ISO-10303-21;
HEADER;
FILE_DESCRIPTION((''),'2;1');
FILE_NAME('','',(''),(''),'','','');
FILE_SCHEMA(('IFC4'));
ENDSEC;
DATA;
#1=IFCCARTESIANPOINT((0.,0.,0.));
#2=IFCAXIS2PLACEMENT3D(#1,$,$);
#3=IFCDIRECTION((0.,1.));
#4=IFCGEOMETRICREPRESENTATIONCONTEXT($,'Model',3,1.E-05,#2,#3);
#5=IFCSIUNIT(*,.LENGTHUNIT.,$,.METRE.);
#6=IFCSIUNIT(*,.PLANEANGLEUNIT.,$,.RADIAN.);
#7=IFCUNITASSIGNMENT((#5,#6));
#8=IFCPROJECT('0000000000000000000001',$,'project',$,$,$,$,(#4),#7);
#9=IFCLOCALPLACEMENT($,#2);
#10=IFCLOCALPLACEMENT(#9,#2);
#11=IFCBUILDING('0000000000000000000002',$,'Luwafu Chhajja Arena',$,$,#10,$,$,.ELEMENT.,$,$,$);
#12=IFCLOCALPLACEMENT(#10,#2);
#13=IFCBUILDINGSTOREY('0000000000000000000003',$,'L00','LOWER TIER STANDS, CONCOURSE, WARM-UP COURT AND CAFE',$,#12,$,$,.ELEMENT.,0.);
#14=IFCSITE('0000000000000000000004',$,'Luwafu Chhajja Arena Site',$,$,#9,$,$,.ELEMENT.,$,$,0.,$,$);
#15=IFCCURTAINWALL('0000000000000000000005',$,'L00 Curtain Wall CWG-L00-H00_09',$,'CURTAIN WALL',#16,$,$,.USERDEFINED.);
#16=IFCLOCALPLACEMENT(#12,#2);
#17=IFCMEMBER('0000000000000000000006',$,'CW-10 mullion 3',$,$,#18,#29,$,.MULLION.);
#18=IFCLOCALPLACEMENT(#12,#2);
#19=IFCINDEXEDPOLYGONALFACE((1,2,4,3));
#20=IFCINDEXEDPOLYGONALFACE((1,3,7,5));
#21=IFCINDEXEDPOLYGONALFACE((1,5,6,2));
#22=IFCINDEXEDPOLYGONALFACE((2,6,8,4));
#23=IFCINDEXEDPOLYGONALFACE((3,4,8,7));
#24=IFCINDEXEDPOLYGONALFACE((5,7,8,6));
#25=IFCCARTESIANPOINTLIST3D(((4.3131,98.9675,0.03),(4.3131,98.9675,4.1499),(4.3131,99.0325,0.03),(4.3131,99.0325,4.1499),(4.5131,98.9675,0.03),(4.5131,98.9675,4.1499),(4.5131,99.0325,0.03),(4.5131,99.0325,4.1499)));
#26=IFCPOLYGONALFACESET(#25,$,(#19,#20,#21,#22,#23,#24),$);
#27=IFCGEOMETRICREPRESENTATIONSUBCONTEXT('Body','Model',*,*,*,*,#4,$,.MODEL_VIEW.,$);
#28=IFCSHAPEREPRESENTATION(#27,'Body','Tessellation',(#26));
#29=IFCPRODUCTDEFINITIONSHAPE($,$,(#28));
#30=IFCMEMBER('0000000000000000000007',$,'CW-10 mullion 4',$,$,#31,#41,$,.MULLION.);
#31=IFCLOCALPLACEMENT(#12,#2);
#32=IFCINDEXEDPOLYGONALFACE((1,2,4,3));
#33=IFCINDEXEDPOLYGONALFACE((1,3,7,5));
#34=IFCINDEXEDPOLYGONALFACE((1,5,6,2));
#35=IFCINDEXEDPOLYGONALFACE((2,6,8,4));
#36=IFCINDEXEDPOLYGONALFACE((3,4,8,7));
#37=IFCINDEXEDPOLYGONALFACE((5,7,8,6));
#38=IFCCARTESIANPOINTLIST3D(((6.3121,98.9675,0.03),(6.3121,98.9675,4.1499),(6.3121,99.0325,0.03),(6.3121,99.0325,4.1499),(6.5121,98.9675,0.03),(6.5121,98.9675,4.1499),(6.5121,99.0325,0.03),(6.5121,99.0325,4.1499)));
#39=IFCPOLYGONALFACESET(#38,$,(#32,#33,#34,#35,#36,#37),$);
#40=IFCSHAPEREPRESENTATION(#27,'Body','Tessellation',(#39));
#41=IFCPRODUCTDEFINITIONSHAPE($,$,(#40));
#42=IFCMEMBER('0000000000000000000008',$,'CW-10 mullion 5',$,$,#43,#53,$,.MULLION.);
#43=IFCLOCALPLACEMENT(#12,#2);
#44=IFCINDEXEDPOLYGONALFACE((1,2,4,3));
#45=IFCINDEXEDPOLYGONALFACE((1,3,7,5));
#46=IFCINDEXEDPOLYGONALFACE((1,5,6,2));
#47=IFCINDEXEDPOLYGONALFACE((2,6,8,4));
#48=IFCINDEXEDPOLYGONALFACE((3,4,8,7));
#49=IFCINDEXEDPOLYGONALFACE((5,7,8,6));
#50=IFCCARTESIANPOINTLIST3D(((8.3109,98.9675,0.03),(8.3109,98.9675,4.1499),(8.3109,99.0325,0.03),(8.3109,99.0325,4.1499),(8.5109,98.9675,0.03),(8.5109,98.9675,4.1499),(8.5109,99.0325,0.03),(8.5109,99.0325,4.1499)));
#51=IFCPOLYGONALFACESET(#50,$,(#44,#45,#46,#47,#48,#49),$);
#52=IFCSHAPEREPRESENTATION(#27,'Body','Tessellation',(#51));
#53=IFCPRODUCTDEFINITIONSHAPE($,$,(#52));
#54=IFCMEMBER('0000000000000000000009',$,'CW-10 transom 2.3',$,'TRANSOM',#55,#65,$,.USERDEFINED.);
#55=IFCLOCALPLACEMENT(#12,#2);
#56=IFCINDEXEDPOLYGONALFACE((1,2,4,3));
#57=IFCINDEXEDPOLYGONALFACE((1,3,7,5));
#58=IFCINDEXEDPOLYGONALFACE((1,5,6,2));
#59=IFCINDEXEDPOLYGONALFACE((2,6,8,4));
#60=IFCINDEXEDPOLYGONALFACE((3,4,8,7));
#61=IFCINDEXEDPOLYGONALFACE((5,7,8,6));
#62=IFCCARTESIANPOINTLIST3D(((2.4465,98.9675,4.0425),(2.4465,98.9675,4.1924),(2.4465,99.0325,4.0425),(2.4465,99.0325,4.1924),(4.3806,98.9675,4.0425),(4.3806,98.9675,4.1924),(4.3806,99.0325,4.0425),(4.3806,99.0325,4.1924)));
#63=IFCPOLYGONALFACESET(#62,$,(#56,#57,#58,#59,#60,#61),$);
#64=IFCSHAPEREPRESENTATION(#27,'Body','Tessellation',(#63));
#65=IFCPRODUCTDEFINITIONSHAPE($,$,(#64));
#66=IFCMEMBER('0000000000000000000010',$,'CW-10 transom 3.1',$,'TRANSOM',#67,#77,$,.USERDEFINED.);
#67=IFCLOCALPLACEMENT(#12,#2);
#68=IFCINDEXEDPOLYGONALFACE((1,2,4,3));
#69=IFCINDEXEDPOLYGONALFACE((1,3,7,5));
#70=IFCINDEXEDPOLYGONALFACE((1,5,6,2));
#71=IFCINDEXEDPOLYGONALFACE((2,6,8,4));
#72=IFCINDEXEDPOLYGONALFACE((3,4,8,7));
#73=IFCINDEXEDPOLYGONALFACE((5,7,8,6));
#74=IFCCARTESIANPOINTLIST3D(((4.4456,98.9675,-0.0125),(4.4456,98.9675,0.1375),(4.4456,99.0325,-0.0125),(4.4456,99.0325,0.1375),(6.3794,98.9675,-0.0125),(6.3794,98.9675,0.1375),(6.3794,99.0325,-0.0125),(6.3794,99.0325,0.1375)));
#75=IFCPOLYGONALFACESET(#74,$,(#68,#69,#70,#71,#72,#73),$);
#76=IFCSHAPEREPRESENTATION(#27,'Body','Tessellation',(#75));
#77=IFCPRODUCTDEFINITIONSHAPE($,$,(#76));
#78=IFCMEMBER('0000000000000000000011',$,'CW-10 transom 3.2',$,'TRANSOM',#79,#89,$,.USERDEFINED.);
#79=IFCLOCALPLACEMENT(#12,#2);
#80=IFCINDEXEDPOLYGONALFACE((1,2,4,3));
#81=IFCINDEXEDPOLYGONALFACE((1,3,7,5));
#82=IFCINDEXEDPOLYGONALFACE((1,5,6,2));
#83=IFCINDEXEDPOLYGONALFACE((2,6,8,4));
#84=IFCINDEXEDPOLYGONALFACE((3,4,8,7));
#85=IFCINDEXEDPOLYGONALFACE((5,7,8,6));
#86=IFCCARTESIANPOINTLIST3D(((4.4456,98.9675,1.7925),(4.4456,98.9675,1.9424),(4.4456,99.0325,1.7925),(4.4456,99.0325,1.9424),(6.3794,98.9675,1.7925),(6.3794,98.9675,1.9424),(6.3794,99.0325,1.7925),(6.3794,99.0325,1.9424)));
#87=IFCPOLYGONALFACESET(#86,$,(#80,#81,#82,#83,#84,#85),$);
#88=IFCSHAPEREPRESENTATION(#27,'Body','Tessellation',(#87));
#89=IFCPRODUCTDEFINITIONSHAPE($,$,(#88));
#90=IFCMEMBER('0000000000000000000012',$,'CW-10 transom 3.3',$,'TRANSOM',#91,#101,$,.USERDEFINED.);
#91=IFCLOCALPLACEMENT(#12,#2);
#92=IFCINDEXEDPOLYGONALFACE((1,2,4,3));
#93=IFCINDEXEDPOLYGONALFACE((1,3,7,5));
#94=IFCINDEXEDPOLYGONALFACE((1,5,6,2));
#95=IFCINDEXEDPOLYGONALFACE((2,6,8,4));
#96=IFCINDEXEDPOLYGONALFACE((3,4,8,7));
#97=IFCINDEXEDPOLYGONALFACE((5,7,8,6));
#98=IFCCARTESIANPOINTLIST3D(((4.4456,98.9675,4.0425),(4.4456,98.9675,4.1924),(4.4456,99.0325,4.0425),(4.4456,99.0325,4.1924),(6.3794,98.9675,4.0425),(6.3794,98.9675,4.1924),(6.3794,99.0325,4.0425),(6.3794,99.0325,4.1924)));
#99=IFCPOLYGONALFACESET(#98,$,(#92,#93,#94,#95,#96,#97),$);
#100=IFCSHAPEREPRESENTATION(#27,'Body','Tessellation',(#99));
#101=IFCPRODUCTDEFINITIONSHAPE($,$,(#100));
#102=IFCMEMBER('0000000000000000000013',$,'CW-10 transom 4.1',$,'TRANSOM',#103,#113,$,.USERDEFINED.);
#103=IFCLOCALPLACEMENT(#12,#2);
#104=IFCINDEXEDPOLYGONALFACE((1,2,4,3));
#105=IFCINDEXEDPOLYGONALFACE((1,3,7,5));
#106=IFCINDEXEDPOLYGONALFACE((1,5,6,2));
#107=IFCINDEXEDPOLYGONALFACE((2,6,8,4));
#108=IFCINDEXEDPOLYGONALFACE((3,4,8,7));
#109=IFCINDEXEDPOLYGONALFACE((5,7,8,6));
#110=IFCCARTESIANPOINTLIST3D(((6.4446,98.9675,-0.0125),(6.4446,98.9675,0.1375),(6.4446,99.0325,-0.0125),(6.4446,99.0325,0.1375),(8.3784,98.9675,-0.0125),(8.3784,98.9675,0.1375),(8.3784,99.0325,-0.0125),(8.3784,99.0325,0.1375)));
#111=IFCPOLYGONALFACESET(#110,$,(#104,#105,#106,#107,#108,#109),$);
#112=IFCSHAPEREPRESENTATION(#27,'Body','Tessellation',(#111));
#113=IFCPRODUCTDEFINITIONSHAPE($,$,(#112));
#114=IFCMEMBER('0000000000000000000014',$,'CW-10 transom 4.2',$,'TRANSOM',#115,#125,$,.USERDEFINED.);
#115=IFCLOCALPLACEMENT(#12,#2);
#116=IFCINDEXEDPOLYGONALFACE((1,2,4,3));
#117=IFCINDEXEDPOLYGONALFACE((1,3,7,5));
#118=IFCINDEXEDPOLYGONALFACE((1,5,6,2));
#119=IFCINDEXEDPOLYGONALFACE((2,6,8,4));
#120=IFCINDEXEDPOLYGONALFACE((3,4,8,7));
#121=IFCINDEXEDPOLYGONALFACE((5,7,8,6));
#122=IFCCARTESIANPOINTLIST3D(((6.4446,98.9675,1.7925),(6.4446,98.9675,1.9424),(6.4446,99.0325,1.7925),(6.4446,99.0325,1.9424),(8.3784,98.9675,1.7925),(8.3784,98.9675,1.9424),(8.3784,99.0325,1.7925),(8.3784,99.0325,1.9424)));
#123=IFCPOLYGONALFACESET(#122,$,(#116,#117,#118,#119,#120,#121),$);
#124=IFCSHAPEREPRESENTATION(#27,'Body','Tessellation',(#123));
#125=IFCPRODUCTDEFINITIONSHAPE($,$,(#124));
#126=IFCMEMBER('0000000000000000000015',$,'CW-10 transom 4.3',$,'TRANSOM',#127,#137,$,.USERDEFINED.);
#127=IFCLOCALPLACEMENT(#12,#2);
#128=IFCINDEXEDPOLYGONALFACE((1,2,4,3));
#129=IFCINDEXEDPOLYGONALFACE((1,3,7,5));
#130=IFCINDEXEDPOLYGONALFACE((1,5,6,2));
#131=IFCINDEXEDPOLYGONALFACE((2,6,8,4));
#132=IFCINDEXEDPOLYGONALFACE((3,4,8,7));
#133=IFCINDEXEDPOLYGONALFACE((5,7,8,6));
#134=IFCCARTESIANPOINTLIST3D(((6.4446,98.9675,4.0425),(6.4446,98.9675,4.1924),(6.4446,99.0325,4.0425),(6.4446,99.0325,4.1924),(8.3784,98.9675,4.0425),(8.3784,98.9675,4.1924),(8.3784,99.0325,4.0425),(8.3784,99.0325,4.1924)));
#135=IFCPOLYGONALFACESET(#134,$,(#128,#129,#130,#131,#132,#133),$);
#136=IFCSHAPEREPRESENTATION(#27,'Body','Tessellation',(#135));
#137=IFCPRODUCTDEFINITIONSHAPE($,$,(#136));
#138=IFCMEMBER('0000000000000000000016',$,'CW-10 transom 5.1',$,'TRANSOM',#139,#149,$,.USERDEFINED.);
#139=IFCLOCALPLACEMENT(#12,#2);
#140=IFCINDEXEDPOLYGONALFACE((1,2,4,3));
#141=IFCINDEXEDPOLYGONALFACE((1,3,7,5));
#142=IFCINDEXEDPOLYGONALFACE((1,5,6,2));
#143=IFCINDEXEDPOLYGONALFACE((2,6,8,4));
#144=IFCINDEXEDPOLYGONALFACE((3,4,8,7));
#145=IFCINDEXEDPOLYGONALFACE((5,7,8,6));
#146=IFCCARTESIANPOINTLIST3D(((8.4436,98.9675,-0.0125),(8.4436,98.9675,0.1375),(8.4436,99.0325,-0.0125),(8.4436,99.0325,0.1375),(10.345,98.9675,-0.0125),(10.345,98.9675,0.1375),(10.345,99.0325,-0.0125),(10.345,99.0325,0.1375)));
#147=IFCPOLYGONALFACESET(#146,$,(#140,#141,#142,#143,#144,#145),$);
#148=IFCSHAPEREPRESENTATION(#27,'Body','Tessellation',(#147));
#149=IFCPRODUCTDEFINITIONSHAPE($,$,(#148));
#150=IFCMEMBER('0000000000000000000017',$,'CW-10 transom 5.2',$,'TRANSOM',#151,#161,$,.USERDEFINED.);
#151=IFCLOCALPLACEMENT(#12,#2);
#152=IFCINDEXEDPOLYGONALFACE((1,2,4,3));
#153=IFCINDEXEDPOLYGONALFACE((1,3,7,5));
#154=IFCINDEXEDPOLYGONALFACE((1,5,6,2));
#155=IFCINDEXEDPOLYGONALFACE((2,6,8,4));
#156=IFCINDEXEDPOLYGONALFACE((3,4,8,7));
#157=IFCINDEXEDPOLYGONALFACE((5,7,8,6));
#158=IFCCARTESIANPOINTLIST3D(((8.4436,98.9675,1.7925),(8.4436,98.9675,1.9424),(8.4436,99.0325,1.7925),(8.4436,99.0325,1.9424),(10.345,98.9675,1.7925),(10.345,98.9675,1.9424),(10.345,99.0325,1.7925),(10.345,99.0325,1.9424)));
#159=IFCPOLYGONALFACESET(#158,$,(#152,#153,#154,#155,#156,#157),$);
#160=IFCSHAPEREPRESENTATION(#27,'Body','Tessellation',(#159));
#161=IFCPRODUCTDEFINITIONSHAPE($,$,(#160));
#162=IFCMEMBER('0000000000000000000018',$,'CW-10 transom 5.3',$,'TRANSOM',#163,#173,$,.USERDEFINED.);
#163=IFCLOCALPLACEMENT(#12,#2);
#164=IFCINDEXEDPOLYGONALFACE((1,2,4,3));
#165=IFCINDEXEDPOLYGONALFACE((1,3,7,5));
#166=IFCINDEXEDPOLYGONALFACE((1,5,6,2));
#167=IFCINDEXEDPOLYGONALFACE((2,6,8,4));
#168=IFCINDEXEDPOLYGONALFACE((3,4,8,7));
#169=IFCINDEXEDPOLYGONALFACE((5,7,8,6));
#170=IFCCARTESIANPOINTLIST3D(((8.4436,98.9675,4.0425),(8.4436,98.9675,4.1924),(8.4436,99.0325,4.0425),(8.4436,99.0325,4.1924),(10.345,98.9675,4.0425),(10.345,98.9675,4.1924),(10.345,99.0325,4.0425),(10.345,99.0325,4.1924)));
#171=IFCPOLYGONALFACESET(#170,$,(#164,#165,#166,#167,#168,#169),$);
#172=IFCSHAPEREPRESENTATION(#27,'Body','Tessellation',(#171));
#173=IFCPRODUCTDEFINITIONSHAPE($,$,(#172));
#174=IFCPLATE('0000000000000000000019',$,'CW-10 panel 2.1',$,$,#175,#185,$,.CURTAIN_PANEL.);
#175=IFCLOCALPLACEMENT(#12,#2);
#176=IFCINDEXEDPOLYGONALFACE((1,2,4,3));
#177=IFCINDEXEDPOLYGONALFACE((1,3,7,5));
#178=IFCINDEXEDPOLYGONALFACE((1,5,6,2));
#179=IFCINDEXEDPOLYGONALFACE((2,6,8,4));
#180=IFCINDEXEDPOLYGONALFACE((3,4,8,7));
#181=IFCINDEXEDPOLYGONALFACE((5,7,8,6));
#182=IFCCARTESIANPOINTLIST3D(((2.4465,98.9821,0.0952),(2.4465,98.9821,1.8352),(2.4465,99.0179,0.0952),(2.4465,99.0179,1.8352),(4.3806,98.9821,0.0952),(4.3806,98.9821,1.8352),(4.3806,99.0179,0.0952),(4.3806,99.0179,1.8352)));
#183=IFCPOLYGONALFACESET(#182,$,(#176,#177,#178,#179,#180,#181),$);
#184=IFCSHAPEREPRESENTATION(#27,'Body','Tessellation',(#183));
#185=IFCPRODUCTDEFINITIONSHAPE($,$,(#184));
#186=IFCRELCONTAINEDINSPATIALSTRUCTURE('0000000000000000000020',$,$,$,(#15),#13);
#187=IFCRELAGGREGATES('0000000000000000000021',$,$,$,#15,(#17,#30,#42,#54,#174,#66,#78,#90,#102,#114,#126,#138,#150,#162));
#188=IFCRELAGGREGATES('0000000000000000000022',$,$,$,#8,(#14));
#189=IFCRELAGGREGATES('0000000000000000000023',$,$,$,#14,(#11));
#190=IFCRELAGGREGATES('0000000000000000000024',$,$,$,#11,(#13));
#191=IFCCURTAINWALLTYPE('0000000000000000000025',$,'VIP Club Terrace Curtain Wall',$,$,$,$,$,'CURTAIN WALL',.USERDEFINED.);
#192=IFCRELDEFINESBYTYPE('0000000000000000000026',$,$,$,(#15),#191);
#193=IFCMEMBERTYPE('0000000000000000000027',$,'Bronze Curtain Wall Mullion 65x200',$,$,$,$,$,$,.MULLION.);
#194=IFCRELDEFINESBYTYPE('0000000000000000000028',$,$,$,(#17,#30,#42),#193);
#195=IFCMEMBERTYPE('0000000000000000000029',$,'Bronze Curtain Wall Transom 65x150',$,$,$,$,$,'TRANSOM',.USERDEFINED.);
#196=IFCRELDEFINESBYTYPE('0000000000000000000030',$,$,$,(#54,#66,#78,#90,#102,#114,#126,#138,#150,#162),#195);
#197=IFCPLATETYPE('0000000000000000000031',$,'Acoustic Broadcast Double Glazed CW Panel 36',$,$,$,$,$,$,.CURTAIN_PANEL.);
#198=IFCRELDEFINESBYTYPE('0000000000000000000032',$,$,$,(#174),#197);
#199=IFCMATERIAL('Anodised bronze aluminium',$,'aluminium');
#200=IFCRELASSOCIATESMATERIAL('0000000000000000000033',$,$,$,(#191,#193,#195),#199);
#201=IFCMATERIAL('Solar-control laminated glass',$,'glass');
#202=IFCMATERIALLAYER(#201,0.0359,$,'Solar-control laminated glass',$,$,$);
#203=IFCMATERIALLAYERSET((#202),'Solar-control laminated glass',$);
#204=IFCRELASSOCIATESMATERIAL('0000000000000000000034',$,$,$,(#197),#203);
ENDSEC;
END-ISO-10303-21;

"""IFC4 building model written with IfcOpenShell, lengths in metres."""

from ifc_helpers import new_model, si_unit, direction, frame, origin, origin_2d, place, context, subcontext, project, spatial, rectangle, extrude, material, layer, layer_set, material_profile, profile_set, type_object, element, aggregate, save


model = new_model("IFC4")

# Units and contexts
model_context = context("Model", 3, precision=1e-05, world=origin(), true_north=direction((0.0, 1.0)))
body_context = subcontext(model_context, "Body", "Model", "MODEL_VIEW")
ifc_project = project(units=[si_unit("LENGTHUNIT", "METRE"), si_unit("PLANEANGLEUNIT", "RADIAN")], contexts=[model_context])

# Site, building, storey
site_placement = place(None, origin())
site = spatial("IfcSite", under=ifc_project, at=site_placement, Name="Luwafu Chhajja Arena Site", CompositionType="ELEMENT", RefElevation=0.0)
building_placement = place(site_placement, origin())
building = spatial("IfcBuilding", under=site, at=building_placement, Name="Luwafu Chhajja Arena", CompositionType="ELEMENT")
storey_placement = place(building_placement, origin())
storey = spatial("IfcBuildingStorey", under=building, at=storey_placement, Name="L00", Description="LOWER TIER STANDS, CONCOURSE, WARM-UP COURT AND CAFE", CompositionType="ELEMENT", Elevation=0.0)

# Curtain wall, members, plate
ifc_material_1 = material(Name="Anodised bronze aluminium", Category="aluminium")
curtain_wall_type = type_object("IfcCurtainWallType", Name="VIP Club Terrace Curtain Wall", ElementType="CURTAIN WALL", PredefinedType="USERDEFINED", material=ifc_material_1)
curtain_wall_placement = place(storey_placement, origin())
curtain_wall = element("IfcCurtainWall", 1, at=curtain_wall_placement, inside=storey, type_object=curtain_wall_type, Name="L00 Curtain Wall CWG-L00-H00_09", ObjectType="CURTAIN WALL", PredefinedType="USERDEFINED")
ifc_material_profile_1 = material_profile(ifc_material_1, rectangle(XDim=0.0649, YDim=0.2, at=origin_2d()), Name="CWM 65x200")
ifc_profile_set_1 = profile_set([ifc_material_profile_1], Name="Anodised bronze aluminium")
member_type_1 = type_object("IfcMemberType", Name="Bronze Curtain Wall Mullion 65x200", PredefinedType="MULLION", material=ifc_profile_set_1)
member_1_placement = place(storey_placement, frame((4.4131, 99.0, 0.03), z_axis=(0.0, 0.0, 1.0), x_axis=(0.0, 1.0, 0.0)))
member_1 = element("IfcMember", 2, at=member_1_placement, type_object=member_type_1, Name="CW-10 mullion 3", PredefinedType="MULLION", context=body_context, shape_type="SweptSolid", body=[
    extrude(rectangle(XDim=0.0649, YDim=0.2, at=origin_2d()), origin(), (0.0, 0.0, 1.0), 4.1199),
])
member_2_placement = place(storey_placement, frame((6.4121, 99.0, 0.03), z_axis=(0.0, 0.0, 1.0), x_axis=(0.0, 1.0, 0.0)))
member_2 = element("IfcMember", 3, at=member_2_placement, type_object=member_type_1, Name="CW-10 mullion 4", PredefinedType="MULLION", context=body_context, shape_type="SweptSolid", body=[
    extrude(rectangle(XDim=0.0649, YDim=0.2, at=origin_2d()), origin(), (0.0, 0.0, 1.0), 4.1199),
])
member_3_placement = place(storey_placement, frame((8.4109, 99.0, 0.03), z_axis=(0.0, 0.0, 1.0), x_axis=(0.0, 1.0, 0.0)))
member_3 = element("IfcMember", 4, at=member_3_placement, type_object=member_type_1, Name="CW-10 mullion 5", PredefinedType="MULLION", context=body_context, shape_type="SweptSolid", body=[
    extrude(rectangle(XDim=0.0649, YDim=0.2, at=origin_2d()), origin(), (0.0, 0.0, 1.0), 4.1199),
])
ifc_material_profile_2 = material_profile(ifc_material_1, rectangle(XDim=0.0649, YDim=0.1499, at=origin_2d()), Name="CWT 65x150")
ifc_profile_set_2 = profile_set([ifc_material_profile_2], Name="Anodised bronze aluminium")
member_type_2 = type_object("IfcMemberType", Name="Bronze Curtain Wall Transom 65x150", ElementType="TRANSOM", PredefinedType="USERDEFINED", material=ifc_profile_set_2)
member_4_placement = place(storey_placement, frame((2.4465, 99.0, 4.1174), z_axis=(1.0, 0.0, 0.0), x_axis=(0.0, 1.0, 0.0)))
member_4 = element("IfcMember", 5, at=member_4_placement, type_object=member_type_2, Name="CW-10 transom 2.3", ObjectType="TRANSOM", PredefinedType="USERDEFINED", context=body_context, shape_type="SweptSolid", body=[
    extrude(rectangle(XDim=0.0649, YDim=0.1499, at=origin_2d()), origin(), (0.0, 0.0, 1.0), 1.9341),
])
member_5_placement = place(storey_placement, frame((4.4456, 99.0, 0.0625), z_axis=(1.0, 0.0, 0.0), x_axis=(0.0, 1.0, 0.0)))
member_5 = element("IfcMember", 6, at=member_5_placement, type_object=member_type_2, Name="CW-10 transom 3.1", ObjectType="TRANSOM", PredefinedType="USERDEFINED", context=body_context, shape_type="SweptSolid", body=[
    extrude(rectangle(XDim=0.0649, YDim=0.1499, at=origin_2d()), origin(), (0.0, 0.0, 1.0), 1.9338),
])
member_6_placement = place(storey_placement, frame((4.4456, 99.0, 1.8674), z_axis=(1.0, 0.0, 0.0), x_axis=(0.0, 1.0, 0.0)))
member_6 = element("IfcMember", 7, at=member_6_placement, type_object=member_type_2, Name="CW-10 transom 3.2", ObjectType="TRANSOM", PredefinedType="USERDEFINED", context=body_context, shape_type="SweptSolid", body=[
    extrude(rectangle(XDim=0.0649, YDim=0.1499, at=origin_2d()), origin(), (0.0, 0.0, 1.0), 1.9338),
])
member_7_placement = place(storey_placement, frame((4.4456, 99.0, 4.1174), z_axis=(1.0, 0.0, 0.0), x_axis=(0.0, 1.0, 0.0)))
member_7 = element("IfcMember", 8, at=member_7_placement, type_object=member_type_2, Name="CW-10 transom 3.3", ObjectType="TRANSOM", PredefinedType="USERDEFINED", context=body_context, shape_type="SweptSolid", body=[
    extrude(rectangle(XDim=0.0649, YDim=0.1499, at=origin_2d()), origin(), (0.0, 0.0, 1.0), 1.9338),
])
member_8_placement = place(storey_placement, frame((6.4446, 99.0, 0.0625), z_axis=(1.0, 0.0, 0.0), x_axis=(0.0, 1.0, 0.0)))
member_8 = element("IfcMember", 9, at=member_8_placement, type_object=member_type_2, Name="CW-10 transom 4.1", ObjectType="TRANSOM", PredefinedType="USERDEFINED", context=body_context, shape_type="SweptSolid", body=[
    extrude(rectangle(XDim=0.0649, YDim=0.1499, at=origin_2d()), origin(), (0.0, 0.0, 1.0), 1.9338),
])
member_9_placement = place(storey_placement, frame((6.4446, 99.0, 1.8674), z_axis=(1.0, 0.0, 0.0), x_axis=(0.0, 1.0, 0.0)))
member_9 = element("IfcMember", 10, at=member_9_placement, type_object=member_type_2, Name="CW-10 transom 4.2", ObjectType="TRANSOM", PredefinedType="USERDEFINED", context=body_context, shape_type="SweptSolid", body=[
    extrude(rectangle(XDim=0.0649, YDim=0.1499, at=origin_2d()), origin(), (0.0, 0.0, 1.0), 1.9338),
])
member_10_placement = place(storey_placement, frame((6.4446, 99.0, 4.1174), z_axis=(1.0, 0.0, 0.0), x_axis=(0.0, 1.0, 0.0)))
member_10 = element("IfcMember", 11, at=member_10_placement, type_object=member_type_2, Name="CW-10 transom 4.3", ObjectType="TRANSOM", PredefinedType="USERDEFINED", context=body_context, shape_type="SweptSolid", body=[
    extrude(rectangle(XDim=0.0649, YDim=0.1499, at=origin_2d()), origin(), (0.0, 0.0, 1.0), 1.9338),
])
member_11_placement = place(storey_placement, frame((8.4436, 99.0, 0.0625), z_axis=(1.0, 0.0, 0.0), x_axis=(0.0, 1.0, 0.0)))
member_11 = element("IfcMember", 12, at=member_11_placement, type_object=member_type_2, Name="CW-10 transom 5.1", ObjectType="TRANSOM", PredefinedType="USERDEFINED", context=body_context, shape_type="SweptSolid", body=[
    extrude(rectangle(XDim=0.0649, YDim=0.1499, at=origin_2d()), origin(), (0.0, 0.0, 1.0), 1.9014),
])
member_12_placement = place(storey_placement, frame((8.4436, 99.0, 1.8674), z_axis=(1.0, 0.0, 0.0), x_axis=(0.0, 1.0, 0.0)))
member_12 = element("IfcMember", 13, at=member_12_placement, type_object=member_type_2, Name="CW-10 transom 5.2", ObjectType="TRANSOM", PredefinedType="USERDEFINED", context=body_context, shape_type="SweptSolid", body=[
    extrude(rectangle(XDim=0.0649, YDim=0.1499, at=origin_2d()), origin(), (0.0, 0.0, 1.0), 1.9014),
])
member_13_placement = place(storey_placement, frame((8.4436, 99.0, 4.1174), z_axis=(1.0, 0.0, 0.0), x_axis=(0.0, 1.0, 0.0)))
member_13 = element("IfcMember", 14, at=member_13_placement, type_object=member_type_2, Name="CW-10 transom 5.3", ObjectType="TRANSOM", PredefinedType="USERDEFINED", context=body_context, shape_type="SweptSolid", body=[
    extrude(rectangle(XDim=0.0649, YDim=0.1499, at=origin_2d()), origin(), (0.0, 0.0, 1.0), 1.9014),
])
ifc_material_2 = material(Name="Solar-control laminated glass", Category="glass")
ifc_layer_1 = layer(ifc_material_2, 0.0359, Name="Solar-control laminated glass")
ifc_layer_set_1 = layer_set([ifc_layer_1], Name="Solar-control laminated glass")
plate_type = type_object("IfcPlateType", Name="Acoustic Broadcast Double Glazed CW Panel 36", PredefinedType="CURTAIN_PANEL", material=ifc_layer_set_1)
plate_1_placement = place(storey_placement, frame((3.4136, 99.0, 0.0952), z_axis=(0.0, 0.0, 1.0), x_axis=(1.0, 0.0, 0.0)))
plate_1 = element("IfcPlate", 15, at=plate_1_placement, type_object=plate_type, Name="CW-10 panel 2.1", PredefinedType="CURTAIN_PANEL", context=body_context, shape_type="SweptSolid", body=[
    extrude(rectangle(XDim=1.9341, YDim=0.0359, at=origin_2d()), origin(), (0.0, 0.0, 1.0), 1.74),
])
aggregate(curtain_wall, [member_1, member_2, member_3, member_4, plate_1, member_5, member_6, member_7, member_8, member_9, member_10, member_11, member_12, member_13])

save(model, "model.ifc")
